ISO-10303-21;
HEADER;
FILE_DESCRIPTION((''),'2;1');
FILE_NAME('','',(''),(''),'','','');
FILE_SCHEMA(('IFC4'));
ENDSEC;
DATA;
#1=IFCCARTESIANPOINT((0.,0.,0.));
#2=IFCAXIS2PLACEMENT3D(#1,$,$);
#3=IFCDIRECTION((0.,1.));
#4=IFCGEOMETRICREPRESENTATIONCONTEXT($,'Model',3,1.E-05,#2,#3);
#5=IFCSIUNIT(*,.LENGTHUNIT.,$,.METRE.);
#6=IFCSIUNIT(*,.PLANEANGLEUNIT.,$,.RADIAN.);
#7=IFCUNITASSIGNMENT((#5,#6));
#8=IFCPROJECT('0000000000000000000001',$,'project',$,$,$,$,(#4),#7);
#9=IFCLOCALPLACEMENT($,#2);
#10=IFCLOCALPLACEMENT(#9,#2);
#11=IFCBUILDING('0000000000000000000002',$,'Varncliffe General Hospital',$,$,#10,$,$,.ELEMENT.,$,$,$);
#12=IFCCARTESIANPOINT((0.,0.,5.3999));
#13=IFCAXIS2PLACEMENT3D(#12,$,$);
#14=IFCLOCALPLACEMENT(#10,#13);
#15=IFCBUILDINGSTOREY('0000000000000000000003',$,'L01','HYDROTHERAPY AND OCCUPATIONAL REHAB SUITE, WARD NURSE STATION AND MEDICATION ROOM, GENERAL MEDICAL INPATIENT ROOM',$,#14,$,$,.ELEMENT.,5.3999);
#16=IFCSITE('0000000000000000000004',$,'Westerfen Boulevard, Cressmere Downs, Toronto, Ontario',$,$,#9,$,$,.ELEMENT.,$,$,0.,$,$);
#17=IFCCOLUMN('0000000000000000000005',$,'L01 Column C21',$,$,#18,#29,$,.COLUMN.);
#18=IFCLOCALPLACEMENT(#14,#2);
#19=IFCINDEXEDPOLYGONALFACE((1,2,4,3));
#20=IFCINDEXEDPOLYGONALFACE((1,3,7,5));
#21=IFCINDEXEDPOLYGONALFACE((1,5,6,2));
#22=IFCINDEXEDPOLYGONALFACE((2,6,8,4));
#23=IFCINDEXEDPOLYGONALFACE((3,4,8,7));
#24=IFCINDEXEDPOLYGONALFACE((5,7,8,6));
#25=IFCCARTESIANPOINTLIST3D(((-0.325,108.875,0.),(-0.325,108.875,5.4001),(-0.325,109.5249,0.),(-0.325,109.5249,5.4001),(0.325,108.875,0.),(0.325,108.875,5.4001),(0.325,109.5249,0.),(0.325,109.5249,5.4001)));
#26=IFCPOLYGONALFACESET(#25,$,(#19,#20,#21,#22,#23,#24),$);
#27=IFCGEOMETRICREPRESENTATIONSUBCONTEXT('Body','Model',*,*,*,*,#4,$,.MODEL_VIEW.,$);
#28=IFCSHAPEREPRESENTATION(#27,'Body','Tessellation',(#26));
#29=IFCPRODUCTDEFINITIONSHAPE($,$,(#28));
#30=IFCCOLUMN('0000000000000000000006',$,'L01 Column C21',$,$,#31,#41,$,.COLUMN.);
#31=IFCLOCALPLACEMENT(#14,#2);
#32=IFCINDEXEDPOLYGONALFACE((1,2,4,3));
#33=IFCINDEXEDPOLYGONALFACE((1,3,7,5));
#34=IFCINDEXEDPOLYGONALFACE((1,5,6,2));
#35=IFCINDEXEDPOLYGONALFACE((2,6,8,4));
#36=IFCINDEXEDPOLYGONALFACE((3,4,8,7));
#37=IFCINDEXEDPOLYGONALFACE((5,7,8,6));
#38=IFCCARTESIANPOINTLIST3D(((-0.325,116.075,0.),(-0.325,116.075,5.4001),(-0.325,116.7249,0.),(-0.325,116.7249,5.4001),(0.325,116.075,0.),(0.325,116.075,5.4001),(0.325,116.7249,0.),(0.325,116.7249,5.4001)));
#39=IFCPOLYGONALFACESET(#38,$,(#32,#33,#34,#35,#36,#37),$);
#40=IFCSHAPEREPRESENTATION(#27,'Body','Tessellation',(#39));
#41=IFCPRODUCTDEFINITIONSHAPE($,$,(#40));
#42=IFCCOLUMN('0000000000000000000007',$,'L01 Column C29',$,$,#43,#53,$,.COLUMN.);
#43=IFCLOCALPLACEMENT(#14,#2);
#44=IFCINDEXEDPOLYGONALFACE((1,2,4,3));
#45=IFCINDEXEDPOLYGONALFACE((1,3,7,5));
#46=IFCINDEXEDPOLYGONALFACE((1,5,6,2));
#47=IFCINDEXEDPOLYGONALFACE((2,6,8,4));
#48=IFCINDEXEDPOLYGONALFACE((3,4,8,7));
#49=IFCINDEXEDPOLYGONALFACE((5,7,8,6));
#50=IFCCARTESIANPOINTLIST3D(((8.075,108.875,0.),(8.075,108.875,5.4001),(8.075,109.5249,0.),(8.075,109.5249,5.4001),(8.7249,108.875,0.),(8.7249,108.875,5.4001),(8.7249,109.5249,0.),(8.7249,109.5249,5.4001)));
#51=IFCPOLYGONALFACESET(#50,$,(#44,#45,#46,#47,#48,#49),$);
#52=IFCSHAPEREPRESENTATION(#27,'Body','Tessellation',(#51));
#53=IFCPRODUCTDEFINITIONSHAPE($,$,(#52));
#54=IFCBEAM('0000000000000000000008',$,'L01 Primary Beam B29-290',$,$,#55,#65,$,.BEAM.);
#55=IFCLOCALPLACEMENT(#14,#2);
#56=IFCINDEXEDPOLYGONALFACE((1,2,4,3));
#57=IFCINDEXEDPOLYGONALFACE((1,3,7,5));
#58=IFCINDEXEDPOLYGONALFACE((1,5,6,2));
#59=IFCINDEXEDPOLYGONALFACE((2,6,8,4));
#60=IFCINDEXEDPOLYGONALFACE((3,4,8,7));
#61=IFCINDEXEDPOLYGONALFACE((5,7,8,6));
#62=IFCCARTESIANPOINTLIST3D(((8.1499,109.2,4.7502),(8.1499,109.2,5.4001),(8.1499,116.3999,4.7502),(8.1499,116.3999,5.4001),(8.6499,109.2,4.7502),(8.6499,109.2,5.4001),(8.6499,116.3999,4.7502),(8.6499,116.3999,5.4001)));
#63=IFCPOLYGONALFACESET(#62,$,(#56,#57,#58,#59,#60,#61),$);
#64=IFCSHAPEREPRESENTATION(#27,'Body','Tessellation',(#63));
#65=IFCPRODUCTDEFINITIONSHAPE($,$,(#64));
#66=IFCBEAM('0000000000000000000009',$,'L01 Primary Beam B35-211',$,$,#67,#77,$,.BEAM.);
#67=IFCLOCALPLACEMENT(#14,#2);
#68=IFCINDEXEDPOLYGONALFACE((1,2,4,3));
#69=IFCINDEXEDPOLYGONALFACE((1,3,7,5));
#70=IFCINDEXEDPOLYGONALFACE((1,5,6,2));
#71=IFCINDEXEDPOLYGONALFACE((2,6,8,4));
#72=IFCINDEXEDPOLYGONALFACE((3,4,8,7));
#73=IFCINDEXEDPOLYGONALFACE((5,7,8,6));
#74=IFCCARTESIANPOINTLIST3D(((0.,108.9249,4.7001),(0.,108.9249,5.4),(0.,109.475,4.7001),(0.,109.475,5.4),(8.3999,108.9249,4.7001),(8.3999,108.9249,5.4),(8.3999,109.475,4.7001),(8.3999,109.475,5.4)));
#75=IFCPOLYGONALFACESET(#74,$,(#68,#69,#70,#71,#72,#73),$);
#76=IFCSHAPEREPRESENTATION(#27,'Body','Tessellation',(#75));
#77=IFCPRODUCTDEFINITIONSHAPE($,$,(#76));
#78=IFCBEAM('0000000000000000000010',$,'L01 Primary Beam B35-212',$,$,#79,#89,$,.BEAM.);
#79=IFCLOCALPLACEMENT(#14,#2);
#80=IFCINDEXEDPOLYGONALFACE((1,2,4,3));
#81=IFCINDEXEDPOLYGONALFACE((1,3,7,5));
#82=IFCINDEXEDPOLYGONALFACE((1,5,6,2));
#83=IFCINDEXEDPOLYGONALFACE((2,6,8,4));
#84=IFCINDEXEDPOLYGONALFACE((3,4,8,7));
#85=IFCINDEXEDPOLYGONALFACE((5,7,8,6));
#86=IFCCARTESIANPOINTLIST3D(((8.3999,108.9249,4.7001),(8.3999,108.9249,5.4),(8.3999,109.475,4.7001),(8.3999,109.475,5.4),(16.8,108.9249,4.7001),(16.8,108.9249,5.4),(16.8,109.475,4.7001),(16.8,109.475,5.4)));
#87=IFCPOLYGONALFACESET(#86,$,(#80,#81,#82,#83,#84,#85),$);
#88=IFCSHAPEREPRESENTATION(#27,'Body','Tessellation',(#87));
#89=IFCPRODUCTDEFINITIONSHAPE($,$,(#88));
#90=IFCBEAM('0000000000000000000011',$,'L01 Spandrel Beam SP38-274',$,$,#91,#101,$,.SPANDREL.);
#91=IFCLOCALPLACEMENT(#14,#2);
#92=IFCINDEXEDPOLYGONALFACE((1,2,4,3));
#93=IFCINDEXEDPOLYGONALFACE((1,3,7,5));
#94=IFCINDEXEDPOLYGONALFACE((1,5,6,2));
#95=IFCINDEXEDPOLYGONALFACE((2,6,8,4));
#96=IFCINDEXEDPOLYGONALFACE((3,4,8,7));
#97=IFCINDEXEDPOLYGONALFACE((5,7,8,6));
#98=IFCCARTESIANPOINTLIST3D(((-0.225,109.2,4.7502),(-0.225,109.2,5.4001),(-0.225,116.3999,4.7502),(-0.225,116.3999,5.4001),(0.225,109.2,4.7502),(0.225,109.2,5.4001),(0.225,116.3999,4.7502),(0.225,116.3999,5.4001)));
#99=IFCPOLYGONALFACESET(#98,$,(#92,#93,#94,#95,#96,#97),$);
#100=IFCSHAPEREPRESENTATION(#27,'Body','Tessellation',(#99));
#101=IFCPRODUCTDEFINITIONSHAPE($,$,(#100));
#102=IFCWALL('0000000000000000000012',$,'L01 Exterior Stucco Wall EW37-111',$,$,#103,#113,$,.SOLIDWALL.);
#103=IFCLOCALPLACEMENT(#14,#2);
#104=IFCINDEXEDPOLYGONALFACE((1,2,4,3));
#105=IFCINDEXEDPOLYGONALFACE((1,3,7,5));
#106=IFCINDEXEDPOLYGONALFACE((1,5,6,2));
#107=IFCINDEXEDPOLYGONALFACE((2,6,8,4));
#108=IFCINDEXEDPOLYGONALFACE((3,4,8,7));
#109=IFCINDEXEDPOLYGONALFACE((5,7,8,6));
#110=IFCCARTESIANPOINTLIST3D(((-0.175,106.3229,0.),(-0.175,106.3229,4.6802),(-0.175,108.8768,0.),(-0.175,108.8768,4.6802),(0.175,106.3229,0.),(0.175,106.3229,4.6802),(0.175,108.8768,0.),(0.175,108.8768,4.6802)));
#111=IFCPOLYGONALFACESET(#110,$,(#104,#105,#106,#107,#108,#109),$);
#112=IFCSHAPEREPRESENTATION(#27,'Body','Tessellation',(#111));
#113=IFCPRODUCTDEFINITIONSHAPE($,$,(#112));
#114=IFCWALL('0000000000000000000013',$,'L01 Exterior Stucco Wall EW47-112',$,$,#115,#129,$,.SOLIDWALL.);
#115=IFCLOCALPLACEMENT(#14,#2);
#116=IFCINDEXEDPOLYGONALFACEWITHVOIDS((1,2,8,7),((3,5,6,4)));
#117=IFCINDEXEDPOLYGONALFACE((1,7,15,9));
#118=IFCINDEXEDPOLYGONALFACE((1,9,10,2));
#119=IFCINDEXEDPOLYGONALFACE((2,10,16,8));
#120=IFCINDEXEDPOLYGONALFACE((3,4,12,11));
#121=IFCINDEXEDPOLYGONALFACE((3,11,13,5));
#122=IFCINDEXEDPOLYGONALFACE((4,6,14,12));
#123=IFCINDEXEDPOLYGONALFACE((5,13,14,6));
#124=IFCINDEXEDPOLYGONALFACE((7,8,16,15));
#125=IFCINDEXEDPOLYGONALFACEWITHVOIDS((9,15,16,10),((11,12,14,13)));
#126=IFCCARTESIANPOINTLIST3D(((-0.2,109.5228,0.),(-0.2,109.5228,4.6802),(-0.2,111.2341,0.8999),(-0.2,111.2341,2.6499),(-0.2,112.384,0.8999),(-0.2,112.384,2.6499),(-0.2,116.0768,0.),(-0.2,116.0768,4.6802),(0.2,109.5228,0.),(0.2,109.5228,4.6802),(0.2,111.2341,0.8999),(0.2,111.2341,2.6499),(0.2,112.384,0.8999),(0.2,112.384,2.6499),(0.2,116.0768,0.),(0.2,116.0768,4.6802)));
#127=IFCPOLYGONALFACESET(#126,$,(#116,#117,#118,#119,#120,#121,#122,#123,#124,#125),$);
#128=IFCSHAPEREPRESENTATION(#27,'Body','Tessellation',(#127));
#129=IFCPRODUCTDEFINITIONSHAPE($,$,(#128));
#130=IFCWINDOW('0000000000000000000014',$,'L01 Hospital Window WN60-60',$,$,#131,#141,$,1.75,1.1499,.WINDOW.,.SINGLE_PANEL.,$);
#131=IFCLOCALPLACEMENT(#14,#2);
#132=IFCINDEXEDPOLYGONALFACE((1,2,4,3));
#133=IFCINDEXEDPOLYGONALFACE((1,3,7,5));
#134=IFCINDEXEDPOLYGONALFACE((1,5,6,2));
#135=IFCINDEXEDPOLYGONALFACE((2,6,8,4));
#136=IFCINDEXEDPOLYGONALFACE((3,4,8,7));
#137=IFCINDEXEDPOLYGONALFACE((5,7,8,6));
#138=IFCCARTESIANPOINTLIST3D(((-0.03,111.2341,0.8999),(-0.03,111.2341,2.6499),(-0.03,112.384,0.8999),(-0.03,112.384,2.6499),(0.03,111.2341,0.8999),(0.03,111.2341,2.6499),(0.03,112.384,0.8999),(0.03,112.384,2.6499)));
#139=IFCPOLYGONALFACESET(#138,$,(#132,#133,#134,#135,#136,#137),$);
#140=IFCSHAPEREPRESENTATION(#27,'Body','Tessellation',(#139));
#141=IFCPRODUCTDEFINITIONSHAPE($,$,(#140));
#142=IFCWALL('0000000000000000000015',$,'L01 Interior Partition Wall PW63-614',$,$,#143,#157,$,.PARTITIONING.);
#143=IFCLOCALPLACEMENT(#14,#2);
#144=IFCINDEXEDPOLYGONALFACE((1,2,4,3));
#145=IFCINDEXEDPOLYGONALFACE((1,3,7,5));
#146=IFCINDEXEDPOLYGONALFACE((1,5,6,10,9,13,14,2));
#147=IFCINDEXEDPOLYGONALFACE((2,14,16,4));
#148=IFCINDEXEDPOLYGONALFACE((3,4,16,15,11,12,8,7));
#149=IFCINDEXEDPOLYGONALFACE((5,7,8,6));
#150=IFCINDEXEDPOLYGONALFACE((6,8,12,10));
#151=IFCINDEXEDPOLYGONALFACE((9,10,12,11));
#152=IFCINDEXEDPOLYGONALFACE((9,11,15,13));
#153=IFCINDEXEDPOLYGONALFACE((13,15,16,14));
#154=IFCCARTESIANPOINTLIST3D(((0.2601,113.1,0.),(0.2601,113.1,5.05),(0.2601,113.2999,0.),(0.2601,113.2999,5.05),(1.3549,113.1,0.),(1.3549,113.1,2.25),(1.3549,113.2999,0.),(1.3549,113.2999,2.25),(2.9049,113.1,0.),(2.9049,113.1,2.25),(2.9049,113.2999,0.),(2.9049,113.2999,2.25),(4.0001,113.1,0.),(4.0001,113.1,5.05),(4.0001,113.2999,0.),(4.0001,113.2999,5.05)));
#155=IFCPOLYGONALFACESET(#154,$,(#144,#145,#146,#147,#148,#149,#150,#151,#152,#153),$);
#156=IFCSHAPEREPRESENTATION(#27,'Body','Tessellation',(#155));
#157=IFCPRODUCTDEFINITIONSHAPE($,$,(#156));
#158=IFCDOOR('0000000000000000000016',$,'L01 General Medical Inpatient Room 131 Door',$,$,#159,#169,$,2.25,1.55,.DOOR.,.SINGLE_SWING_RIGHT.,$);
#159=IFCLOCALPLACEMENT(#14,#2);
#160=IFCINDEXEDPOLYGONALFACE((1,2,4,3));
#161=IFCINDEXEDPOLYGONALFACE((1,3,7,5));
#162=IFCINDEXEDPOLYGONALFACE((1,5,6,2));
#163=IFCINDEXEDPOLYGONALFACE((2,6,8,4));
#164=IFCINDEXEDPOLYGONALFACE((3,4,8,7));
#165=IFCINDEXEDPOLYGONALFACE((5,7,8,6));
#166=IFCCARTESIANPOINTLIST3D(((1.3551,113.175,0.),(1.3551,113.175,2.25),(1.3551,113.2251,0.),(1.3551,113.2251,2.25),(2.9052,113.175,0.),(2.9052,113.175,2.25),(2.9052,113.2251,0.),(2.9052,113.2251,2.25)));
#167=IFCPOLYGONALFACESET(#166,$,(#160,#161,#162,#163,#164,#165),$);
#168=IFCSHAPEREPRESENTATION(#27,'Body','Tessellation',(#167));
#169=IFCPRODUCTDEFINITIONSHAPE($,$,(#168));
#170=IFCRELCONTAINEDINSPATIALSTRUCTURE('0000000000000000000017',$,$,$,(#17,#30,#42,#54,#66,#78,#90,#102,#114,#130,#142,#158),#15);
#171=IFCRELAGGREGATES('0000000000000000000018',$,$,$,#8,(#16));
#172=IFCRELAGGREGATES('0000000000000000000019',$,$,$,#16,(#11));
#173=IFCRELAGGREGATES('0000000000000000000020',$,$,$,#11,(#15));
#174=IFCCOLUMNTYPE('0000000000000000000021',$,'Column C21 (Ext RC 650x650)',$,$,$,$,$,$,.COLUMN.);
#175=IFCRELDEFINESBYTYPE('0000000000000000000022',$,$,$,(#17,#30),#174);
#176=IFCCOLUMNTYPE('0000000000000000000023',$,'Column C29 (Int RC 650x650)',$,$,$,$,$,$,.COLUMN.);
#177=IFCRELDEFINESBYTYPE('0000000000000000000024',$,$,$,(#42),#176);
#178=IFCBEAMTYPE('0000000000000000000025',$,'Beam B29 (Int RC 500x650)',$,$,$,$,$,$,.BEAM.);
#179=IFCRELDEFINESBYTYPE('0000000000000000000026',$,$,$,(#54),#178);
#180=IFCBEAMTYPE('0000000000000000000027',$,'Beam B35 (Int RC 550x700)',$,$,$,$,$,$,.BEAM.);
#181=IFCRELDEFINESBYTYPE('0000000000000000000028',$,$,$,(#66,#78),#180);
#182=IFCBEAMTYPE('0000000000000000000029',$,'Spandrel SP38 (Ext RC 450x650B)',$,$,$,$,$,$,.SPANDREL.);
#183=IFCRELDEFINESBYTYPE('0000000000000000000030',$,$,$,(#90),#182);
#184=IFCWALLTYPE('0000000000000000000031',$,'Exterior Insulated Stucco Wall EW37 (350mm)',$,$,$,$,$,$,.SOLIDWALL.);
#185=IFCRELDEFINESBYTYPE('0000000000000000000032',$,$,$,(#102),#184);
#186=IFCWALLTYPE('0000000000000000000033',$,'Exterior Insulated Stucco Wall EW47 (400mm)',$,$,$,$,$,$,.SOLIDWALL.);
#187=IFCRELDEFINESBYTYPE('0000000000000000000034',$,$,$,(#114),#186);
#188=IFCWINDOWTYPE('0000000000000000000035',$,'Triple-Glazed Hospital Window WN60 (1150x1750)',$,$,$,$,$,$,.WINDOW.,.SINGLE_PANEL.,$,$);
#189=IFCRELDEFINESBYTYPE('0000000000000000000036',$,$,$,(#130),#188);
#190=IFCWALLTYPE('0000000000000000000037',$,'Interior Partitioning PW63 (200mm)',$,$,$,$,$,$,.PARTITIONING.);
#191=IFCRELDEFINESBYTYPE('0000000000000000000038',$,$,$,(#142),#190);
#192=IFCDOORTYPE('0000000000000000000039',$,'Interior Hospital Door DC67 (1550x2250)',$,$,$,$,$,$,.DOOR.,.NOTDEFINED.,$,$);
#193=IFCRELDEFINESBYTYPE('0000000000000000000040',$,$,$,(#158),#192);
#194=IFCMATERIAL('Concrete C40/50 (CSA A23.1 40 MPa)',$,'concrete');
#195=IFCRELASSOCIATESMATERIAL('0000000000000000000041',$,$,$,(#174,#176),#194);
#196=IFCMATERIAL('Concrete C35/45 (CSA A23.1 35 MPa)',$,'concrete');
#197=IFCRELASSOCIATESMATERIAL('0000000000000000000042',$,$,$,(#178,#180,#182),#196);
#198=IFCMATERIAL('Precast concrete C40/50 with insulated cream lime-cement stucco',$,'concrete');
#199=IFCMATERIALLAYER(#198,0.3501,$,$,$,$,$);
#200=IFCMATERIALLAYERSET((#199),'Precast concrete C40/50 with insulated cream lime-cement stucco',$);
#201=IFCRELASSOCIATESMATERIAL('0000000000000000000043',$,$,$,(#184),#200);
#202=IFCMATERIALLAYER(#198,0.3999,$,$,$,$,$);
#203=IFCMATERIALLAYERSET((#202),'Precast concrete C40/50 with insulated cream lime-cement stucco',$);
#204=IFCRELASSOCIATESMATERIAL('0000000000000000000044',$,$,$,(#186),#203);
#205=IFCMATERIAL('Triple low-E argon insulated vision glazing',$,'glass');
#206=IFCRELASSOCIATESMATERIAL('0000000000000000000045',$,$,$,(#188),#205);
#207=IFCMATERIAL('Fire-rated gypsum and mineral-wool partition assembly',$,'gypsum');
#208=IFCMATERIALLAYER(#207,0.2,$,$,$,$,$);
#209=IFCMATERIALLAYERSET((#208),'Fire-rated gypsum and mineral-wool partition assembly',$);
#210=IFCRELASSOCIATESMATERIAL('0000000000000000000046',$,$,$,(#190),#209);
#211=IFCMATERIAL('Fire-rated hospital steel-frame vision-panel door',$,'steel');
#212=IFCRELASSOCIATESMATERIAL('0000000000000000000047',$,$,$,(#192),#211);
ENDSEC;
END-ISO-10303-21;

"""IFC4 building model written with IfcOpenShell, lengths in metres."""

from ifc_helpers import new_model, si_unit, direction, frame, frame_2d, origin, origin_2d, place, context, subcontext, project, spatial, rectangle, extrude, material, layer, layer_set, material_profile, profile_set, type_object, element, fill, save


model = new_model("IFC4")

# Units and contexts
model_context = context("Model", 3, precision=1e-05, world=origin(), true_north=direction((0.0, 1.0)))
body_context = subcontext(model_context, "Body", "Model", "MODEL_VIEW")
ifc_project = project(units=[si_unit("LENGTHUNIT", "METRE"), si_unit("PLANEANGLEUNIT", "RADIAN")], contexts=[model_context])

# Site, building, storey
site_placement = place(None, origin())
site = spatial("IfcSite", under=ifc_project, at=site_placement, Name="Westerfen Boulevard, Cressmere Downs, Toronto, Ontario", CompositionType="ELEMENT", RefElevation=0.0)
building_placement = place(site_placement, origin())
building = spatial("IfcBuilding", under=site, at=building_placement, Name="Varncliffe General Hospital", CompositionType="ELEMENT")
storey_placement = place(building_placement, frame((0.0, 0.0, 5.3999)))
storey = spatial("IfcBuildingStorey", under=building, at=storey_placement, Name="L01", Description="HYDROTHERAPY AND OCCUPATIONAL REHAB SUITE, WARD NURSE STATION AND MEDICATION ROOM, GENERAL MEDICAL INPATIENT ROOM", CompositionType="ELEMENT", Elevation=5.3999)

# Columns
ifc_material_1 = material(Name="Concrete C40/50 (CSA A23.1 40 MPa)", Category="concrete")
ifc_material_profile_1 = material_profile(ifc_material_1, rectangle(XDim=0.6499, YDim=0.6499, at=origin_2d()), Name="RC 650x650")
ifc_profile_set_1 = profile_set([ifc_material_profile_1], Name="Concrete C40/50 (CSA A23.1 40 MPa)")
column_type_1 = type_object("IfcColumnType", Name="Column C21 (Ext RC 650x650)", PredefinedType="COLUMN", material=ifc_profile_set_1)
for number, where, z_axis, x_axis, name in (
    (1, (0.0, 109.2, 0.0), (0.0, 0.0, 1.0), (1.0, 0.0, 0.0), "L01 Column C21"),
    (2, (0.0, 116.3999, 0.0), (0.0, 0.0, 1.0), (1.0, 0.0, 0.0), "L01 Column C21"),
):
    element("IfcColumn", number, at=place(storey_placement, frame(where, z_axis=z_axis, x_axis=x_axis)), inside=storey, type_object=column_type_1, Name=name, PredefinedType="COLUMN", context=body_context, shape_type="SweptSolid", body=[
        extrude(rectangle(XDim=0.6499, YDim=0.6499, at=origin_2d()), origin(), (0.0, 0.0, 1.0), 5.4001),
    ])
ifc_material_profile_2 = material_profile(ifc_material_1, rectangle(XDim=0.6499, YDim=0.6499, at=origin_2d()), Name="RC 650x650")
ifc_profile_set_2 = profile_set([ifc_material_profile_2], Name="Concrete C40/50 (CSA A23.1 40 MPa)")
column_type_2 = type_object("IfcColumnType", Name="Column C29 (Int RC 650x650)", PredefinedType="COLUMN", material=ifc_profile_set_2)
column_placement = place(storey_placement, frame((8.3999, 109.2, 0.0), z_axis=(0.0, 0.0, 1.0), x_axis=(1.0, 0.0, 0.0)))
element("IfcColumn", 3, at=column_placement, inside=storey, type_object=column_type_2, Name="L01 Column C29", PredefinedType="COLUMN", context=body_context, shape_type="SweptSolid", body=[
    extrude(rectangle(XDim=0.6499, YDim=0.6499, at=origin_2d()), origin(), (0.0, 0.0, 1.0), 5.4001),
])

# Beams
ifc_material_2 = material(Name="Concrete C35/45 (CSA A23.1 35 MPa)", Category="concrete")
ifc_material_profile_3 = material_profile(ifc_material_2, rectangle(XDim=0.5, YDim=0.6499, at=origin_2d()), Name="RC 500x650")
ifc_profile_set_3 = profile_set([ifc_material_profile_3], Name="Concrete C35/45 (CSA A23.1 35 MPa)")
beam_type_1 = type_object("IfcBeamType", Name="Beam B29 (Int RC 500x650)", PredefinedType="BEAM", material=ifc_profile_set_3)
beam_1_placement = place(storey_placement, frame((8.3999, 109.2, 5.0752), z_axis=(0.0, 1.0, 0.0), x_axis=(-1.0, 0.0, 0.0)))
element("IfcBeam", 4, at=beam_1_placement, inside=storey, type_object=beam_type_1, Name="L01 Primary Beam B29-290", PredefinedType="BEAM", context=body_context, shape_type="SweptSolid", body=[
    extrude(rectangle(XDim=0.5, YDim=0.6499, at=origin_2d()), origin(), (0.0, 0.0, 1.0), 7.2),
])
ifc_material_profile_4 = material_profile(ifc_material_2, rectangle(XDim=0.55, YDim=0.7, at=origin_2d()), Name="RC 550x700")
ifc_profile_set_4 = profile_set([ifc_material_profile_4], Name="Concrete C35/45 (CSA A23.1 35 MPa)")
beam_type_2 = type_object("IfcBeamType", Name="Beam B35 (Int RC 550x700)", PredefinedType="BEAM", material=ifc_profile_set_4)
beam_2_placement = place(storey_placement, frame((0.0, 109.2, 5.05), z_axis=(1.0, 0.0, 0.0), x_axis=(0.0, 1.0, 0.0)))
element("IfcBeam", 5, at=beam_2_placement, inside=storey, type_object=beam_type_2, Name="L01 Primary Beam B35-211", PredefinedType="BEAM", context=body_context, shape_type="SweptSolid", body=[
    extrude(rectangle(XDim=0.55, YDim=0.7, at=origin_2d()), origin(), (0.0, 0.0, 1.0), 8.3999),
])
beam_3_placement = place(storey_placement, frame((8.3999, 109.2, 5.05), z_axis=(1.0, 0.0, 0.0), x_axis=(0.0, 1.0, 0.0)))
element("IfcBeam", 6, at=beam_3_placement, inside=storey, type_object=beam_type_2, Name="L01 Primary Beam B35-212", PredefinedType="BEAM", context=body_context, shape_type="SweptSolid", body=[
    extrude(rectangle(XDim=0.55, YDim=0.7, at=origin_2d()), origin(), (0.0, 0.0, 1.0), 8.4001),
])
ifc_material_profile_5 = material_profile(ifc_material_2, rectangle(XDim=0.45, YDim=0.6499, at=origin_2d()), Name="RC 450x650")
ifc_profile_set_5 = profile_set([ifc_material_profile_5], Name="Concrete C35/45 (CSA A23.1 35 MPa)")
beam_type_3 = type_object("IfcBeamType", Name="Spandrel SP38 (Ext RC 450x650B)", PredefinedType="SPANDREL", material=ifc_profile_set_5)
beam_4_placement = place(storey_placement, frame((0.0, 109.2, 5.0752), z_axis=(0.0, 1.0, 0.0), x_axis=(-1.0, 0.0, 0.0)))
element("IfcBeam", 7, at=beam_4_placement, inside=storey, type_object=beam_type_3, Name="L01 Spandrel Beam SP38-274", PredefinedType="SPANDREL", context=body_context, shape_type="SweptSolid", body=[
    extrude(rectangle(XDim=0.45, YDim=0.6499, at=origin_2d()), origin(), (0.0, 0.0, 1.0), 7.2),
])

# Wall
ifc_material_3 = material(Name="Precast concrete C40/50 with insulated cream lime-cement stucco", Category="concrete")
ifc_layer_1 = layer(ifc_material_3, 0.3501)
ifc_layer_set_1 = layer_set([ifc_layer_1], Name="Precast concrete C40/50 with insulated cream lime-cement stucco")
wall_type_1 = type_object("IfcWallType", Name="Exterior Insulated Stucco Wall EW37 (350mm)", PredefinedType="SOLIDWALL", material=ifc_layer_set_1)
wall_1_placement = place(storey_placement, frame((0.0, 106.323, 0.0), z_axis=(0.0, 0.0, 1.0), x_axis=(0.0, 1.0, 0.0)))
element("IfcWall", 8, at=wall_1_placement, inside=storey, type_object=wall_type_1, Name="L01 Exterior Stucco Wall EW37-111", PredefinedType="SOLIDWALL", context=body_context, shape_type="SweptSolid", body=[
    extrude(rectangle(XDim=2.554, YDim=0.3501, at=frame_2d((1.2769, 0.0))), origin(), (0.0, 0.0, 1.0), 4.6802),
])

# Wall, opening, window
ifc_layer_2 = layer(ifc_material_3, 0.3999)
ifc_layer_set_2 = layer_set([ifc_layer_2], Name="Precast concrete C40/50 with insulated cream lime-cement stucco")
wall_type_2 = type_object("IfcWallType", Name="Exterior Insulated Stucco Wall EW47 (400mm)", PredefinedType="SOLIDWALL", material=ifc_layer_set_2)
wall_2_placement = place(storey_placement, frame((0.0, 109.5229, 0.0), z_axis=(0.0, 0.0, 1.0), x_axis=(0.0, 1.0, 0.0)))
wall_2 = element("IfcWall", 9, at=wall_2_placement, inside=storey, type_object=wall_type_2, Name="L01 Exterior Stucco Wall EW47-112", PredefinedType="SOLIDWALL", context=body_context, shape_type="SweptSolid", body=[
    extrude(rectangle(XDim=6.554, YDim=0.3999, at=frame_2d((3.2769, 0.0))), origin(), (0.0, 0.0, 1.0), 4.6802),
])
opening_1_placement = place(wall_2_placement, frame((1.7112, 0.0, 0.8999)))
opening_1 = element("IfcOpeningElement", 10, at=opening_1_placement, cuts=wall_2, PredefinedType="OPENING", context=body_context, shape_type="SweptSolid", body=[
    extrude(rectangle(XDim=1.1499, YDim=1.75, at=frame_2d((0.575, 0.875))), frame((0.0, 0.21, 0.0), z_axis=(0.0, -1.0, 0.0), x_axis=(1.0, 0.0, 0.0)), (0.0, 0.0, 1.0), 0.4199),
])
ifc_material_4 = material(Name="Triple low-E argon insulated vision glazing", Category="glass")
window_type = type_object("IfcWindowType", Name="Triple-Glazed Hospital Window WN60 (1150x1750)", PartitioningType="SINGLE_PANEL", PredefinedType="WINDOW", material=ifc_material_4)
window_placement = place(opening_1_placement, origin())
window = element("IfcWindow", 11, at=window_placement, inside=storey, type_object=window_type, Name="L01 Hospital Window WN60-60", OverallHeight=1.75, OverallWidth=1.1499, PartitioningType="SINGLE_PANEL", PredefinedType="WINDOW", context=body_context, shape_type="SweptSolid", body=[
    extrude(rectangle(XDim=1.1499, YDim=1.75, at=frame_2d((0.575, 0.875))), frame((0.0, 0.03, 0.0), z_axis=(0.0, -1.0, 0.0), x_axis=(1.0, 0.0, 0.0)), (0.0, 0.0, 1.0), 0.0601),
])
fill(opening_1, window)

# Wall, opening, door
ifc_material_5 = material(Name="Fire-rated gypsum and mineral-wool partition assembly", Category="gypsum")
ifc_layer_3 = layer(ifc_material_5, 0.2)
ifc_layer_set_3 = layer_set([ifc_layer_3], Name="Fire-rated gypsum and mineral-wool partition assembly")
wall_type_3 = type_object("IfcWallType", Name="Interior Partitioning PW63 (200mm)", PredefinedType="PARTITIONING", material=ifc_layer_set_3)
wall_3_placement = place(storey_placement, frame((0.26, 113.2, 0.0), z_axis=(0.0, 0.0, 1.0), x_axis=(1.0, 0.0, 0.0)))
wall_3 = element("IfcWall", 12, at=wall_3_placement, inside=storey, type_object=wall_type_3, Name="L01 Interior Partition Wall PW63-614", PredefinedType="PARTITIONING", context=body_context, shape_type="SweptSolid", body=[
    extrude(rectangle(XDim=3.74, YDim=0.2, at=frame_2d((1.8701, 0.0))), origin(), (0.0, 0.0, 1.0), 5.05),
])
opening_2_placement = place(wall_3_placement, frame((1.095, 0.0, 0.0)))
opening_2 = element("IfcOpeningElement", 13, at=opening_2_placement, cuts=wall_3, PredefinedType="OPENING", context=body_context, shape_type="SweptSolid", body=[
    extrude(rectangle(XDim=1.55, YDim=2.25, at=frame_2d((0.7749, 1.125))), frame((0.0, 0.1099, 0.0), z_axis=(0.0, -1.0, 0.0), x_axis=(1.0, 0.0, 0.0)), (0.0, 0.0, 1.0), 0.22),
])
ifc_material_6 = material(Name="Fire-rated hospital steel-frame vision-panel door", Category="steel")
door_type_1 = type_object("IfcDoorType", Name="Interior Hospital Door DC67 (1550x2250)", OperationType="NOTDEFINED", PredefinedType="DOOR", material=ifc_material_6)
door_1_placement = place(opening_2_placement, frame((1.55, 0.0, 0.0), z_axis=(0.0, 0.0, 1.0), x_axis=(-1.0, 0.0, 0.0)))
door_1 = element("IfcDoor", 14, at=door_1_placement, inside=storey, type_object=door_type_1, Name="L01 General Medical Inpatient Room 131 Door", OperationType="SINGLE_SWING_RIGHT", OverallHeight=2.25, OverallWidth=1.55, PredefinedType="DOOR", context=body_context, shape_type="SweptSolid", body=[
    extrude(rectangle(XDim=1.55, YDim=2.25, at=frame_2d((0.7749, 1.125))), frame((0.0, 0.0249, 0.0), z_axis=(0.0, -1.0, 0.0), x_axis=(1.0, 0.0, 0.0)), (0.0, 0.0, 1.0), 0.05),
])
fill(opening_2, door_1)

save(model, "model.ifc")
